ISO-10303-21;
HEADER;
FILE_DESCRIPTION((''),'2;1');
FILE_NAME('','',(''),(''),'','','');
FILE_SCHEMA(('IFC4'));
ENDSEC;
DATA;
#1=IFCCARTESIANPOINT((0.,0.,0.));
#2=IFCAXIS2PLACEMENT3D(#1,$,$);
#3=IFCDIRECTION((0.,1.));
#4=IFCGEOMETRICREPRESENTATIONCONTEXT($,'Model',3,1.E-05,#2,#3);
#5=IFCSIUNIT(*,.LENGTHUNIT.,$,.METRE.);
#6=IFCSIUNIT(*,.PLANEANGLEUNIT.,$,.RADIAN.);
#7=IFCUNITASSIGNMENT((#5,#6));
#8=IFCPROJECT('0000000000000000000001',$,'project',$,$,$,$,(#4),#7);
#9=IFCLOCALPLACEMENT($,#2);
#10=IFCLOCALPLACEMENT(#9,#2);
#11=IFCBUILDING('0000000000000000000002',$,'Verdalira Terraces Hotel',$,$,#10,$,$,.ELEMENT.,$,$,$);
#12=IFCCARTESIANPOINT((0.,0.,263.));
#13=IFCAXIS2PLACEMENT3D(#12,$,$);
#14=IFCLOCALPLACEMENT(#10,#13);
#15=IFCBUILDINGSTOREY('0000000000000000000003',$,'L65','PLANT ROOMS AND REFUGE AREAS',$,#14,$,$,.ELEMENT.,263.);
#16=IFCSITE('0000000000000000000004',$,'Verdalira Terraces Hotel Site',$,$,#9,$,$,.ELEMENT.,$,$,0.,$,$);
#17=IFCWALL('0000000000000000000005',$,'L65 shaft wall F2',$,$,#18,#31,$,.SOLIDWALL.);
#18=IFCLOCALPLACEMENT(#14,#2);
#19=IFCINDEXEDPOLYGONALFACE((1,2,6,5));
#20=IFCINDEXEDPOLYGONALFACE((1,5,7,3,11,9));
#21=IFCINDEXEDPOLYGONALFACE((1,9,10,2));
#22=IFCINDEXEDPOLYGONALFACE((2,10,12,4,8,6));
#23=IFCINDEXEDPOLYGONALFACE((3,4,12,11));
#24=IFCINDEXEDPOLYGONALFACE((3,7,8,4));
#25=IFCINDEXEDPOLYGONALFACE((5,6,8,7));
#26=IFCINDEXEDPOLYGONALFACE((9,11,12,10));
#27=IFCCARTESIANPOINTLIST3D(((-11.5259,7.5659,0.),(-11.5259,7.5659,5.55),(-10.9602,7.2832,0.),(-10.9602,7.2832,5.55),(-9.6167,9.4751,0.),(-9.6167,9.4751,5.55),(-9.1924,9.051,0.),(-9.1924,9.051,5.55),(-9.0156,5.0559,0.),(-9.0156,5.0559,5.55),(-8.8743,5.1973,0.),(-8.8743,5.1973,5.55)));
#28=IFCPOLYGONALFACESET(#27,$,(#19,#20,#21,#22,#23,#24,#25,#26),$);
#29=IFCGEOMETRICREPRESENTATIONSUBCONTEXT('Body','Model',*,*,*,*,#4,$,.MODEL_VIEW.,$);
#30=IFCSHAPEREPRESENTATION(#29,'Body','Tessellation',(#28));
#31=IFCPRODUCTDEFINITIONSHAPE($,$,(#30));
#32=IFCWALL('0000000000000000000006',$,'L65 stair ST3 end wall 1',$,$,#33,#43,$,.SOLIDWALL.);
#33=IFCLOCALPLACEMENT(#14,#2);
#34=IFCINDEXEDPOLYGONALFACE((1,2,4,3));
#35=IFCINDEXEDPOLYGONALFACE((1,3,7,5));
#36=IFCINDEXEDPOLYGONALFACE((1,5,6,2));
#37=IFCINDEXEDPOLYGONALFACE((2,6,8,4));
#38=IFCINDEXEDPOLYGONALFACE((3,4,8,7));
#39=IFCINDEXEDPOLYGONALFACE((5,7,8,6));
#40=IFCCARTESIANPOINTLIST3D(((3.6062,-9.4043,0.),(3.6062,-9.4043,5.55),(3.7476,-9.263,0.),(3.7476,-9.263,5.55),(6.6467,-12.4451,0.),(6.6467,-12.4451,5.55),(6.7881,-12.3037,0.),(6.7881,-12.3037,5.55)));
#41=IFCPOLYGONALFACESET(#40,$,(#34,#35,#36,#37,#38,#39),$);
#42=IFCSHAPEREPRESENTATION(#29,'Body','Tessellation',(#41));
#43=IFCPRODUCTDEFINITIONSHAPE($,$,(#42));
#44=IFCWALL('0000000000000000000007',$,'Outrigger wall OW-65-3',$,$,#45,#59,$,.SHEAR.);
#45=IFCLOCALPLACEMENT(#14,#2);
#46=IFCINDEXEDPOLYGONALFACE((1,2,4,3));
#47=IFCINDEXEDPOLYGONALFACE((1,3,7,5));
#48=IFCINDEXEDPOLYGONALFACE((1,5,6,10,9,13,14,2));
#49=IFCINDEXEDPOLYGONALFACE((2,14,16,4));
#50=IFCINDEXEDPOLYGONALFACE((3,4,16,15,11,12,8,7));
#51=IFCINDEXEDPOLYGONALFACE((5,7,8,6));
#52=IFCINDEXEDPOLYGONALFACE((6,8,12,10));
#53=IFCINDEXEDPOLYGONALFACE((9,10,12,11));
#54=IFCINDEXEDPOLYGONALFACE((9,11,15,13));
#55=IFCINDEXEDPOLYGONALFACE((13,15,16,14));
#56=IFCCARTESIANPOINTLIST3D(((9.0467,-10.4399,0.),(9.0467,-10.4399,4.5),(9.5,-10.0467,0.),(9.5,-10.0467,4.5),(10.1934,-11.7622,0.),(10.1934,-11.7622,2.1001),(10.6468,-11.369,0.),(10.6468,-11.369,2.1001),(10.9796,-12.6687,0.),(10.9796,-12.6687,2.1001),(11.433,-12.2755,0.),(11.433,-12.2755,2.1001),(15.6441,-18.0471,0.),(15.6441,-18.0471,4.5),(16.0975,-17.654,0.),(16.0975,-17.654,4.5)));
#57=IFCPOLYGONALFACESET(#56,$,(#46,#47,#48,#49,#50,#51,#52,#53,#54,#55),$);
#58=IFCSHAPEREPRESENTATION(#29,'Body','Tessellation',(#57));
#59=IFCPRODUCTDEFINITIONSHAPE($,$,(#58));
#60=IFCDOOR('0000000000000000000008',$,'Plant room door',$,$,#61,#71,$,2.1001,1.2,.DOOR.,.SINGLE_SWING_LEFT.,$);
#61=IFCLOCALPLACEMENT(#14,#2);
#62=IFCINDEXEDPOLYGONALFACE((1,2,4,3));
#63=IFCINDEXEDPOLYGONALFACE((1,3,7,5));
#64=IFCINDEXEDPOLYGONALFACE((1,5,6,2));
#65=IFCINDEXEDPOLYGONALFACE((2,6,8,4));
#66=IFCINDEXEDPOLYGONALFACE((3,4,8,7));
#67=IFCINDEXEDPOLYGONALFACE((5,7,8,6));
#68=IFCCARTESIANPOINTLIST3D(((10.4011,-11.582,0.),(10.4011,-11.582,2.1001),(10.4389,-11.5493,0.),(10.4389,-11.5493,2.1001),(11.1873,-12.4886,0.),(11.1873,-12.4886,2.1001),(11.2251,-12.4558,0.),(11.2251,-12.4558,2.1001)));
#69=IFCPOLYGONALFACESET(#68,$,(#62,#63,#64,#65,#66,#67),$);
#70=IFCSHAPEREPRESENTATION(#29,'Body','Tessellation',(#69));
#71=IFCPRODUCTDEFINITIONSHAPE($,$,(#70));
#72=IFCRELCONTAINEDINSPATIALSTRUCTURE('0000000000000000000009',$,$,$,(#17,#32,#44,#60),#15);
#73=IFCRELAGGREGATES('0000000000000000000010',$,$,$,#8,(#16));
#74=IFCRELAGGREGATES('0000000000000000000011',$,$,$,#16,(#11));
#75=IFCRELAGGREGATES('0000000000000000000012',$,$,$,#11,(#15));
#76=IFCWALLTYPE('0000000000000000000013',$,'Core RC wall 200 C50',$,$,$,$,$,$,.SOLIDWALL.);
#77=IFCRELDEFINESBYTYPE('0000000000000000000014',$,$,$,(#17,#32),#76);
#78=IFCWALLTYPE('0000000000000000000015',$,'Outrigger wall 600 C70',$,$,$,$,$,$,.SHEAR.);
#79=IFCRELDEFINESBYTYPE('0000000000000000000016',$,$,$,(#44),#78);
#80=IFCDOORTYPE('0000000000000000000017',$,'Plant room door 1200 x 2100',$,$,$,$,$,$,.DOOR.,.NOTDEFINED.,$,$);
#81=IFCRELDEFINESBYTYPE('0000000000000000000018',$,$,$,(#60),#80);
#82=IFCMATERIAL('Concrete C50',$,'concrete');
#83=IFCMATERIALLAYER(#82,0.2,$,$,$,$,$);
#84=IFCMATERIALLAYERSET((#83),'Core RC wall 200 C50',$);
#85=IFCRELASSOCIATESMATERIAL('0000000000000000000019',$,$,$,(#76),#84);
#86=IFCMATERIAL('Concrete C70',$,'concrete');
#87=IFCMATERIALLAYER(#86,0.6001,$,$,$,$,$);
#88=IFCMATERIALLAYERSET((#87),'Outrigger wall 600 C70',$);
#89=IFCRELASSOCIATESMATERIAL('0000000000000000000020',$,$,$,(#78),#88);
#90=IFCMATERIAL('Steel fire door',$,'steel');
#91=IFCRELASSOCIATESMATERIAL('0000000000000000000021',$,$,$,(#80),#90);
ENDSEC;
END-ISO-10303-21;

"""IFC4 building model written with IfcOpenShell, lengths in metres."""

from ifc_helpers import new_model, si_unit, direction, frame, frame_2d, origin, place, context, subcontext, project, spatial, polyline, rectangle, outline, extrude, material, layer, layer_set, type_object, element, fill, save


model = new_model("IFC4")

# Units and contexts
model_context = context("Model", 3, precision=1e-05, world=origin(), true_north=direction((0.0, 1.0)))
body_context = subcontext(model_context, "Body", "Model", "MODEL_VIEW")
ifc_project = project(units=[si_unit("LENGTHUNIT", "METRE"), si_unit("PLANEANGLEUNIT", "RADIAN")], contexts=[model_context])

# Site, building, storey
site_placement = place(None, origin())
site = spatial("IfcSite", under=ifc_project, at=site_placement, Name="Verdalira Terraces Hotel Site", CompositionType="ELEMENT", RefElevation=0.0)
building_placement = place(site_placement, origin())
building = spatial("IfcBuilding", under=site, at=building_placement, Name="Verdalira Terraces Hotel", CompositionType="ELEMENT")
storey_placement = place(building_placement, frame((0.0, 0.0, 263.0)))
storey = spatial("IfcBuildingStorey", under=building, at=storey_placement, Name="L65", Description="PLANT ROOMS AND REFUGE AREAS", CompositionType="ELEMENT", Elevation=263.0)

# Walls
ifc_material_1 = material(Name="Concrete C50", Category="concrete")
ifc_layer_1 = layer(ifc_material_1, 0.2)
ifc_layer_set_1 = layer_set([ifc_layer_1], Name="Core RC wall 200 C50")
wall_type_1 = type_object("IfcWallType", Name="Core RC wall 200 C50", PredefinedType="SOLIDWALL", material=ifc_layer_set_1)
wall_1_placement = place(storey_placement, origin())
element("IfcWall", 1, at=wall_1_placement, inside=storey, type_object=wall_type_1, Name="L65 shaft wall F2", PredefinedType="SOLIDWALL", context=body_context, shape_type="SweptSolid", body=[
    extrude(outline(polyline([(-11.5259, 7.5659), (-9.6167, 9.4751), (-9.1924, 9.051), (-10.9602, 7.2832), (-8.8743, 5.1973), (-9.0156, 5.0559), (-11.5259, 7.5659)])), origin(), (0.0, 0.0, 1.0), 5.55),
])
wall_2_placement = place(storey_placement, frame((3.677, -9.3337, 0.0), z_axis=(0.0, 0.0, 1.0), x_axis=(0.707078, -0.707135, 0.0)))
element("IfcWall", 2, at=wall_2_placement, inside=storey, type_object=wall_type_1, Name="L65 stair ST3 end wall 1", PredefinedType="SOLIDWALL", context=body_context, shape_type="SweptSolid", body=[
    extrude(rectangle(XDim=4.3, YDim=0.2, at=frame_2d((2.1499, 0.0))), origin(), (0.0, 0.0, 1.0), 5.55),
])

# Wall, opening, door
ifc_material_2 = material(Name="Concrete C70", Category="concrete")
ifc_layer_2 = layer(ifc_material_2, 0.6001)
ifc_layer_set_2 = layer_set([ifc_layer_2], Name="Outrigger wall 600 C70")
wall_type_2 = type_object("IfcWallType", Name="Outrigger wall 600 C70", PredefinedType="SHEAR", material=ifc_layer_set_2)
wall_3_placement = place(storey_placement, frame((9.2734, -10.2434, 0.0), z_axis=(0.0, 0.0, 1.0), x_axis=(0.655187, -0.755467, 0.0)))
wall_3 = element("IfcWall", 3, at=wall_3_placement, inside=storey, type_object=wall_type_2, Name="Outrigger wall OW-65-3", PredefinedType="SHEAR", context=body_context, shape_type="SweptSolid", body=[
    extrude(rectangle(XDim=10.0696, YDim=0.6001, at=frame_2d((5.0347, 0.0))), origin(), (0.0, 0.0, 1.0), 4.5),
])
opening_placement = place(wall_3_placement, frame((1.75, 0.0, 0.0)))
opening = element("IfcOpeningElement", 4, at=opening_placement, cuts=wall_3, PredefinedType="OPENING", context=body_context, shape_type="SweptSolid", body=[
    extrude(rectangle(XDim=1.2, YDim=2.1001, at=frame_2d((0.6001, 1.05))), frame((0.0, 0.3101, 0.0), z_axis=(0.0, -1.0, 0.0), x_axis=(1.0, 0.0, 0.0)), (0.0, 0.0, 1.0), 0.6201),
])
ifc_material_3 = material(Name="Steel fire door", Category="steel")
door_type = type_object("IfcDoorType", Name="Plant room door 1200 x 2100", OperationType="NOTDEFINED", PredefinedType="DOOR", material=ifc_material_3)
door_placement = place(opening_placement, origin())
door = element("IfcDoor", 5, at=door_placement, inside=storey, type_object=door_type, Name="Plant room door", OperationType="SINGLE_SWING_LEFT", OverallHeight=2.1001, OverallWidth=1.2, PredefinedType="DOOR", context=body_context, shape_type="SweptSolid", body=[
    extrude(rectangle(XDim=1.2, YDim=2.1001, at=frame_2d((0.6001, 1.05))), frame((0.0, 0.0249, 0.0), z_axis=(0.0, -1.0, 0.0), x_axis=(1.0, 0.0, 0.0)), (0.0, 0.0, 1.0), 0.05),
])
fill(opening, door)

save(model, "model.ifc")
